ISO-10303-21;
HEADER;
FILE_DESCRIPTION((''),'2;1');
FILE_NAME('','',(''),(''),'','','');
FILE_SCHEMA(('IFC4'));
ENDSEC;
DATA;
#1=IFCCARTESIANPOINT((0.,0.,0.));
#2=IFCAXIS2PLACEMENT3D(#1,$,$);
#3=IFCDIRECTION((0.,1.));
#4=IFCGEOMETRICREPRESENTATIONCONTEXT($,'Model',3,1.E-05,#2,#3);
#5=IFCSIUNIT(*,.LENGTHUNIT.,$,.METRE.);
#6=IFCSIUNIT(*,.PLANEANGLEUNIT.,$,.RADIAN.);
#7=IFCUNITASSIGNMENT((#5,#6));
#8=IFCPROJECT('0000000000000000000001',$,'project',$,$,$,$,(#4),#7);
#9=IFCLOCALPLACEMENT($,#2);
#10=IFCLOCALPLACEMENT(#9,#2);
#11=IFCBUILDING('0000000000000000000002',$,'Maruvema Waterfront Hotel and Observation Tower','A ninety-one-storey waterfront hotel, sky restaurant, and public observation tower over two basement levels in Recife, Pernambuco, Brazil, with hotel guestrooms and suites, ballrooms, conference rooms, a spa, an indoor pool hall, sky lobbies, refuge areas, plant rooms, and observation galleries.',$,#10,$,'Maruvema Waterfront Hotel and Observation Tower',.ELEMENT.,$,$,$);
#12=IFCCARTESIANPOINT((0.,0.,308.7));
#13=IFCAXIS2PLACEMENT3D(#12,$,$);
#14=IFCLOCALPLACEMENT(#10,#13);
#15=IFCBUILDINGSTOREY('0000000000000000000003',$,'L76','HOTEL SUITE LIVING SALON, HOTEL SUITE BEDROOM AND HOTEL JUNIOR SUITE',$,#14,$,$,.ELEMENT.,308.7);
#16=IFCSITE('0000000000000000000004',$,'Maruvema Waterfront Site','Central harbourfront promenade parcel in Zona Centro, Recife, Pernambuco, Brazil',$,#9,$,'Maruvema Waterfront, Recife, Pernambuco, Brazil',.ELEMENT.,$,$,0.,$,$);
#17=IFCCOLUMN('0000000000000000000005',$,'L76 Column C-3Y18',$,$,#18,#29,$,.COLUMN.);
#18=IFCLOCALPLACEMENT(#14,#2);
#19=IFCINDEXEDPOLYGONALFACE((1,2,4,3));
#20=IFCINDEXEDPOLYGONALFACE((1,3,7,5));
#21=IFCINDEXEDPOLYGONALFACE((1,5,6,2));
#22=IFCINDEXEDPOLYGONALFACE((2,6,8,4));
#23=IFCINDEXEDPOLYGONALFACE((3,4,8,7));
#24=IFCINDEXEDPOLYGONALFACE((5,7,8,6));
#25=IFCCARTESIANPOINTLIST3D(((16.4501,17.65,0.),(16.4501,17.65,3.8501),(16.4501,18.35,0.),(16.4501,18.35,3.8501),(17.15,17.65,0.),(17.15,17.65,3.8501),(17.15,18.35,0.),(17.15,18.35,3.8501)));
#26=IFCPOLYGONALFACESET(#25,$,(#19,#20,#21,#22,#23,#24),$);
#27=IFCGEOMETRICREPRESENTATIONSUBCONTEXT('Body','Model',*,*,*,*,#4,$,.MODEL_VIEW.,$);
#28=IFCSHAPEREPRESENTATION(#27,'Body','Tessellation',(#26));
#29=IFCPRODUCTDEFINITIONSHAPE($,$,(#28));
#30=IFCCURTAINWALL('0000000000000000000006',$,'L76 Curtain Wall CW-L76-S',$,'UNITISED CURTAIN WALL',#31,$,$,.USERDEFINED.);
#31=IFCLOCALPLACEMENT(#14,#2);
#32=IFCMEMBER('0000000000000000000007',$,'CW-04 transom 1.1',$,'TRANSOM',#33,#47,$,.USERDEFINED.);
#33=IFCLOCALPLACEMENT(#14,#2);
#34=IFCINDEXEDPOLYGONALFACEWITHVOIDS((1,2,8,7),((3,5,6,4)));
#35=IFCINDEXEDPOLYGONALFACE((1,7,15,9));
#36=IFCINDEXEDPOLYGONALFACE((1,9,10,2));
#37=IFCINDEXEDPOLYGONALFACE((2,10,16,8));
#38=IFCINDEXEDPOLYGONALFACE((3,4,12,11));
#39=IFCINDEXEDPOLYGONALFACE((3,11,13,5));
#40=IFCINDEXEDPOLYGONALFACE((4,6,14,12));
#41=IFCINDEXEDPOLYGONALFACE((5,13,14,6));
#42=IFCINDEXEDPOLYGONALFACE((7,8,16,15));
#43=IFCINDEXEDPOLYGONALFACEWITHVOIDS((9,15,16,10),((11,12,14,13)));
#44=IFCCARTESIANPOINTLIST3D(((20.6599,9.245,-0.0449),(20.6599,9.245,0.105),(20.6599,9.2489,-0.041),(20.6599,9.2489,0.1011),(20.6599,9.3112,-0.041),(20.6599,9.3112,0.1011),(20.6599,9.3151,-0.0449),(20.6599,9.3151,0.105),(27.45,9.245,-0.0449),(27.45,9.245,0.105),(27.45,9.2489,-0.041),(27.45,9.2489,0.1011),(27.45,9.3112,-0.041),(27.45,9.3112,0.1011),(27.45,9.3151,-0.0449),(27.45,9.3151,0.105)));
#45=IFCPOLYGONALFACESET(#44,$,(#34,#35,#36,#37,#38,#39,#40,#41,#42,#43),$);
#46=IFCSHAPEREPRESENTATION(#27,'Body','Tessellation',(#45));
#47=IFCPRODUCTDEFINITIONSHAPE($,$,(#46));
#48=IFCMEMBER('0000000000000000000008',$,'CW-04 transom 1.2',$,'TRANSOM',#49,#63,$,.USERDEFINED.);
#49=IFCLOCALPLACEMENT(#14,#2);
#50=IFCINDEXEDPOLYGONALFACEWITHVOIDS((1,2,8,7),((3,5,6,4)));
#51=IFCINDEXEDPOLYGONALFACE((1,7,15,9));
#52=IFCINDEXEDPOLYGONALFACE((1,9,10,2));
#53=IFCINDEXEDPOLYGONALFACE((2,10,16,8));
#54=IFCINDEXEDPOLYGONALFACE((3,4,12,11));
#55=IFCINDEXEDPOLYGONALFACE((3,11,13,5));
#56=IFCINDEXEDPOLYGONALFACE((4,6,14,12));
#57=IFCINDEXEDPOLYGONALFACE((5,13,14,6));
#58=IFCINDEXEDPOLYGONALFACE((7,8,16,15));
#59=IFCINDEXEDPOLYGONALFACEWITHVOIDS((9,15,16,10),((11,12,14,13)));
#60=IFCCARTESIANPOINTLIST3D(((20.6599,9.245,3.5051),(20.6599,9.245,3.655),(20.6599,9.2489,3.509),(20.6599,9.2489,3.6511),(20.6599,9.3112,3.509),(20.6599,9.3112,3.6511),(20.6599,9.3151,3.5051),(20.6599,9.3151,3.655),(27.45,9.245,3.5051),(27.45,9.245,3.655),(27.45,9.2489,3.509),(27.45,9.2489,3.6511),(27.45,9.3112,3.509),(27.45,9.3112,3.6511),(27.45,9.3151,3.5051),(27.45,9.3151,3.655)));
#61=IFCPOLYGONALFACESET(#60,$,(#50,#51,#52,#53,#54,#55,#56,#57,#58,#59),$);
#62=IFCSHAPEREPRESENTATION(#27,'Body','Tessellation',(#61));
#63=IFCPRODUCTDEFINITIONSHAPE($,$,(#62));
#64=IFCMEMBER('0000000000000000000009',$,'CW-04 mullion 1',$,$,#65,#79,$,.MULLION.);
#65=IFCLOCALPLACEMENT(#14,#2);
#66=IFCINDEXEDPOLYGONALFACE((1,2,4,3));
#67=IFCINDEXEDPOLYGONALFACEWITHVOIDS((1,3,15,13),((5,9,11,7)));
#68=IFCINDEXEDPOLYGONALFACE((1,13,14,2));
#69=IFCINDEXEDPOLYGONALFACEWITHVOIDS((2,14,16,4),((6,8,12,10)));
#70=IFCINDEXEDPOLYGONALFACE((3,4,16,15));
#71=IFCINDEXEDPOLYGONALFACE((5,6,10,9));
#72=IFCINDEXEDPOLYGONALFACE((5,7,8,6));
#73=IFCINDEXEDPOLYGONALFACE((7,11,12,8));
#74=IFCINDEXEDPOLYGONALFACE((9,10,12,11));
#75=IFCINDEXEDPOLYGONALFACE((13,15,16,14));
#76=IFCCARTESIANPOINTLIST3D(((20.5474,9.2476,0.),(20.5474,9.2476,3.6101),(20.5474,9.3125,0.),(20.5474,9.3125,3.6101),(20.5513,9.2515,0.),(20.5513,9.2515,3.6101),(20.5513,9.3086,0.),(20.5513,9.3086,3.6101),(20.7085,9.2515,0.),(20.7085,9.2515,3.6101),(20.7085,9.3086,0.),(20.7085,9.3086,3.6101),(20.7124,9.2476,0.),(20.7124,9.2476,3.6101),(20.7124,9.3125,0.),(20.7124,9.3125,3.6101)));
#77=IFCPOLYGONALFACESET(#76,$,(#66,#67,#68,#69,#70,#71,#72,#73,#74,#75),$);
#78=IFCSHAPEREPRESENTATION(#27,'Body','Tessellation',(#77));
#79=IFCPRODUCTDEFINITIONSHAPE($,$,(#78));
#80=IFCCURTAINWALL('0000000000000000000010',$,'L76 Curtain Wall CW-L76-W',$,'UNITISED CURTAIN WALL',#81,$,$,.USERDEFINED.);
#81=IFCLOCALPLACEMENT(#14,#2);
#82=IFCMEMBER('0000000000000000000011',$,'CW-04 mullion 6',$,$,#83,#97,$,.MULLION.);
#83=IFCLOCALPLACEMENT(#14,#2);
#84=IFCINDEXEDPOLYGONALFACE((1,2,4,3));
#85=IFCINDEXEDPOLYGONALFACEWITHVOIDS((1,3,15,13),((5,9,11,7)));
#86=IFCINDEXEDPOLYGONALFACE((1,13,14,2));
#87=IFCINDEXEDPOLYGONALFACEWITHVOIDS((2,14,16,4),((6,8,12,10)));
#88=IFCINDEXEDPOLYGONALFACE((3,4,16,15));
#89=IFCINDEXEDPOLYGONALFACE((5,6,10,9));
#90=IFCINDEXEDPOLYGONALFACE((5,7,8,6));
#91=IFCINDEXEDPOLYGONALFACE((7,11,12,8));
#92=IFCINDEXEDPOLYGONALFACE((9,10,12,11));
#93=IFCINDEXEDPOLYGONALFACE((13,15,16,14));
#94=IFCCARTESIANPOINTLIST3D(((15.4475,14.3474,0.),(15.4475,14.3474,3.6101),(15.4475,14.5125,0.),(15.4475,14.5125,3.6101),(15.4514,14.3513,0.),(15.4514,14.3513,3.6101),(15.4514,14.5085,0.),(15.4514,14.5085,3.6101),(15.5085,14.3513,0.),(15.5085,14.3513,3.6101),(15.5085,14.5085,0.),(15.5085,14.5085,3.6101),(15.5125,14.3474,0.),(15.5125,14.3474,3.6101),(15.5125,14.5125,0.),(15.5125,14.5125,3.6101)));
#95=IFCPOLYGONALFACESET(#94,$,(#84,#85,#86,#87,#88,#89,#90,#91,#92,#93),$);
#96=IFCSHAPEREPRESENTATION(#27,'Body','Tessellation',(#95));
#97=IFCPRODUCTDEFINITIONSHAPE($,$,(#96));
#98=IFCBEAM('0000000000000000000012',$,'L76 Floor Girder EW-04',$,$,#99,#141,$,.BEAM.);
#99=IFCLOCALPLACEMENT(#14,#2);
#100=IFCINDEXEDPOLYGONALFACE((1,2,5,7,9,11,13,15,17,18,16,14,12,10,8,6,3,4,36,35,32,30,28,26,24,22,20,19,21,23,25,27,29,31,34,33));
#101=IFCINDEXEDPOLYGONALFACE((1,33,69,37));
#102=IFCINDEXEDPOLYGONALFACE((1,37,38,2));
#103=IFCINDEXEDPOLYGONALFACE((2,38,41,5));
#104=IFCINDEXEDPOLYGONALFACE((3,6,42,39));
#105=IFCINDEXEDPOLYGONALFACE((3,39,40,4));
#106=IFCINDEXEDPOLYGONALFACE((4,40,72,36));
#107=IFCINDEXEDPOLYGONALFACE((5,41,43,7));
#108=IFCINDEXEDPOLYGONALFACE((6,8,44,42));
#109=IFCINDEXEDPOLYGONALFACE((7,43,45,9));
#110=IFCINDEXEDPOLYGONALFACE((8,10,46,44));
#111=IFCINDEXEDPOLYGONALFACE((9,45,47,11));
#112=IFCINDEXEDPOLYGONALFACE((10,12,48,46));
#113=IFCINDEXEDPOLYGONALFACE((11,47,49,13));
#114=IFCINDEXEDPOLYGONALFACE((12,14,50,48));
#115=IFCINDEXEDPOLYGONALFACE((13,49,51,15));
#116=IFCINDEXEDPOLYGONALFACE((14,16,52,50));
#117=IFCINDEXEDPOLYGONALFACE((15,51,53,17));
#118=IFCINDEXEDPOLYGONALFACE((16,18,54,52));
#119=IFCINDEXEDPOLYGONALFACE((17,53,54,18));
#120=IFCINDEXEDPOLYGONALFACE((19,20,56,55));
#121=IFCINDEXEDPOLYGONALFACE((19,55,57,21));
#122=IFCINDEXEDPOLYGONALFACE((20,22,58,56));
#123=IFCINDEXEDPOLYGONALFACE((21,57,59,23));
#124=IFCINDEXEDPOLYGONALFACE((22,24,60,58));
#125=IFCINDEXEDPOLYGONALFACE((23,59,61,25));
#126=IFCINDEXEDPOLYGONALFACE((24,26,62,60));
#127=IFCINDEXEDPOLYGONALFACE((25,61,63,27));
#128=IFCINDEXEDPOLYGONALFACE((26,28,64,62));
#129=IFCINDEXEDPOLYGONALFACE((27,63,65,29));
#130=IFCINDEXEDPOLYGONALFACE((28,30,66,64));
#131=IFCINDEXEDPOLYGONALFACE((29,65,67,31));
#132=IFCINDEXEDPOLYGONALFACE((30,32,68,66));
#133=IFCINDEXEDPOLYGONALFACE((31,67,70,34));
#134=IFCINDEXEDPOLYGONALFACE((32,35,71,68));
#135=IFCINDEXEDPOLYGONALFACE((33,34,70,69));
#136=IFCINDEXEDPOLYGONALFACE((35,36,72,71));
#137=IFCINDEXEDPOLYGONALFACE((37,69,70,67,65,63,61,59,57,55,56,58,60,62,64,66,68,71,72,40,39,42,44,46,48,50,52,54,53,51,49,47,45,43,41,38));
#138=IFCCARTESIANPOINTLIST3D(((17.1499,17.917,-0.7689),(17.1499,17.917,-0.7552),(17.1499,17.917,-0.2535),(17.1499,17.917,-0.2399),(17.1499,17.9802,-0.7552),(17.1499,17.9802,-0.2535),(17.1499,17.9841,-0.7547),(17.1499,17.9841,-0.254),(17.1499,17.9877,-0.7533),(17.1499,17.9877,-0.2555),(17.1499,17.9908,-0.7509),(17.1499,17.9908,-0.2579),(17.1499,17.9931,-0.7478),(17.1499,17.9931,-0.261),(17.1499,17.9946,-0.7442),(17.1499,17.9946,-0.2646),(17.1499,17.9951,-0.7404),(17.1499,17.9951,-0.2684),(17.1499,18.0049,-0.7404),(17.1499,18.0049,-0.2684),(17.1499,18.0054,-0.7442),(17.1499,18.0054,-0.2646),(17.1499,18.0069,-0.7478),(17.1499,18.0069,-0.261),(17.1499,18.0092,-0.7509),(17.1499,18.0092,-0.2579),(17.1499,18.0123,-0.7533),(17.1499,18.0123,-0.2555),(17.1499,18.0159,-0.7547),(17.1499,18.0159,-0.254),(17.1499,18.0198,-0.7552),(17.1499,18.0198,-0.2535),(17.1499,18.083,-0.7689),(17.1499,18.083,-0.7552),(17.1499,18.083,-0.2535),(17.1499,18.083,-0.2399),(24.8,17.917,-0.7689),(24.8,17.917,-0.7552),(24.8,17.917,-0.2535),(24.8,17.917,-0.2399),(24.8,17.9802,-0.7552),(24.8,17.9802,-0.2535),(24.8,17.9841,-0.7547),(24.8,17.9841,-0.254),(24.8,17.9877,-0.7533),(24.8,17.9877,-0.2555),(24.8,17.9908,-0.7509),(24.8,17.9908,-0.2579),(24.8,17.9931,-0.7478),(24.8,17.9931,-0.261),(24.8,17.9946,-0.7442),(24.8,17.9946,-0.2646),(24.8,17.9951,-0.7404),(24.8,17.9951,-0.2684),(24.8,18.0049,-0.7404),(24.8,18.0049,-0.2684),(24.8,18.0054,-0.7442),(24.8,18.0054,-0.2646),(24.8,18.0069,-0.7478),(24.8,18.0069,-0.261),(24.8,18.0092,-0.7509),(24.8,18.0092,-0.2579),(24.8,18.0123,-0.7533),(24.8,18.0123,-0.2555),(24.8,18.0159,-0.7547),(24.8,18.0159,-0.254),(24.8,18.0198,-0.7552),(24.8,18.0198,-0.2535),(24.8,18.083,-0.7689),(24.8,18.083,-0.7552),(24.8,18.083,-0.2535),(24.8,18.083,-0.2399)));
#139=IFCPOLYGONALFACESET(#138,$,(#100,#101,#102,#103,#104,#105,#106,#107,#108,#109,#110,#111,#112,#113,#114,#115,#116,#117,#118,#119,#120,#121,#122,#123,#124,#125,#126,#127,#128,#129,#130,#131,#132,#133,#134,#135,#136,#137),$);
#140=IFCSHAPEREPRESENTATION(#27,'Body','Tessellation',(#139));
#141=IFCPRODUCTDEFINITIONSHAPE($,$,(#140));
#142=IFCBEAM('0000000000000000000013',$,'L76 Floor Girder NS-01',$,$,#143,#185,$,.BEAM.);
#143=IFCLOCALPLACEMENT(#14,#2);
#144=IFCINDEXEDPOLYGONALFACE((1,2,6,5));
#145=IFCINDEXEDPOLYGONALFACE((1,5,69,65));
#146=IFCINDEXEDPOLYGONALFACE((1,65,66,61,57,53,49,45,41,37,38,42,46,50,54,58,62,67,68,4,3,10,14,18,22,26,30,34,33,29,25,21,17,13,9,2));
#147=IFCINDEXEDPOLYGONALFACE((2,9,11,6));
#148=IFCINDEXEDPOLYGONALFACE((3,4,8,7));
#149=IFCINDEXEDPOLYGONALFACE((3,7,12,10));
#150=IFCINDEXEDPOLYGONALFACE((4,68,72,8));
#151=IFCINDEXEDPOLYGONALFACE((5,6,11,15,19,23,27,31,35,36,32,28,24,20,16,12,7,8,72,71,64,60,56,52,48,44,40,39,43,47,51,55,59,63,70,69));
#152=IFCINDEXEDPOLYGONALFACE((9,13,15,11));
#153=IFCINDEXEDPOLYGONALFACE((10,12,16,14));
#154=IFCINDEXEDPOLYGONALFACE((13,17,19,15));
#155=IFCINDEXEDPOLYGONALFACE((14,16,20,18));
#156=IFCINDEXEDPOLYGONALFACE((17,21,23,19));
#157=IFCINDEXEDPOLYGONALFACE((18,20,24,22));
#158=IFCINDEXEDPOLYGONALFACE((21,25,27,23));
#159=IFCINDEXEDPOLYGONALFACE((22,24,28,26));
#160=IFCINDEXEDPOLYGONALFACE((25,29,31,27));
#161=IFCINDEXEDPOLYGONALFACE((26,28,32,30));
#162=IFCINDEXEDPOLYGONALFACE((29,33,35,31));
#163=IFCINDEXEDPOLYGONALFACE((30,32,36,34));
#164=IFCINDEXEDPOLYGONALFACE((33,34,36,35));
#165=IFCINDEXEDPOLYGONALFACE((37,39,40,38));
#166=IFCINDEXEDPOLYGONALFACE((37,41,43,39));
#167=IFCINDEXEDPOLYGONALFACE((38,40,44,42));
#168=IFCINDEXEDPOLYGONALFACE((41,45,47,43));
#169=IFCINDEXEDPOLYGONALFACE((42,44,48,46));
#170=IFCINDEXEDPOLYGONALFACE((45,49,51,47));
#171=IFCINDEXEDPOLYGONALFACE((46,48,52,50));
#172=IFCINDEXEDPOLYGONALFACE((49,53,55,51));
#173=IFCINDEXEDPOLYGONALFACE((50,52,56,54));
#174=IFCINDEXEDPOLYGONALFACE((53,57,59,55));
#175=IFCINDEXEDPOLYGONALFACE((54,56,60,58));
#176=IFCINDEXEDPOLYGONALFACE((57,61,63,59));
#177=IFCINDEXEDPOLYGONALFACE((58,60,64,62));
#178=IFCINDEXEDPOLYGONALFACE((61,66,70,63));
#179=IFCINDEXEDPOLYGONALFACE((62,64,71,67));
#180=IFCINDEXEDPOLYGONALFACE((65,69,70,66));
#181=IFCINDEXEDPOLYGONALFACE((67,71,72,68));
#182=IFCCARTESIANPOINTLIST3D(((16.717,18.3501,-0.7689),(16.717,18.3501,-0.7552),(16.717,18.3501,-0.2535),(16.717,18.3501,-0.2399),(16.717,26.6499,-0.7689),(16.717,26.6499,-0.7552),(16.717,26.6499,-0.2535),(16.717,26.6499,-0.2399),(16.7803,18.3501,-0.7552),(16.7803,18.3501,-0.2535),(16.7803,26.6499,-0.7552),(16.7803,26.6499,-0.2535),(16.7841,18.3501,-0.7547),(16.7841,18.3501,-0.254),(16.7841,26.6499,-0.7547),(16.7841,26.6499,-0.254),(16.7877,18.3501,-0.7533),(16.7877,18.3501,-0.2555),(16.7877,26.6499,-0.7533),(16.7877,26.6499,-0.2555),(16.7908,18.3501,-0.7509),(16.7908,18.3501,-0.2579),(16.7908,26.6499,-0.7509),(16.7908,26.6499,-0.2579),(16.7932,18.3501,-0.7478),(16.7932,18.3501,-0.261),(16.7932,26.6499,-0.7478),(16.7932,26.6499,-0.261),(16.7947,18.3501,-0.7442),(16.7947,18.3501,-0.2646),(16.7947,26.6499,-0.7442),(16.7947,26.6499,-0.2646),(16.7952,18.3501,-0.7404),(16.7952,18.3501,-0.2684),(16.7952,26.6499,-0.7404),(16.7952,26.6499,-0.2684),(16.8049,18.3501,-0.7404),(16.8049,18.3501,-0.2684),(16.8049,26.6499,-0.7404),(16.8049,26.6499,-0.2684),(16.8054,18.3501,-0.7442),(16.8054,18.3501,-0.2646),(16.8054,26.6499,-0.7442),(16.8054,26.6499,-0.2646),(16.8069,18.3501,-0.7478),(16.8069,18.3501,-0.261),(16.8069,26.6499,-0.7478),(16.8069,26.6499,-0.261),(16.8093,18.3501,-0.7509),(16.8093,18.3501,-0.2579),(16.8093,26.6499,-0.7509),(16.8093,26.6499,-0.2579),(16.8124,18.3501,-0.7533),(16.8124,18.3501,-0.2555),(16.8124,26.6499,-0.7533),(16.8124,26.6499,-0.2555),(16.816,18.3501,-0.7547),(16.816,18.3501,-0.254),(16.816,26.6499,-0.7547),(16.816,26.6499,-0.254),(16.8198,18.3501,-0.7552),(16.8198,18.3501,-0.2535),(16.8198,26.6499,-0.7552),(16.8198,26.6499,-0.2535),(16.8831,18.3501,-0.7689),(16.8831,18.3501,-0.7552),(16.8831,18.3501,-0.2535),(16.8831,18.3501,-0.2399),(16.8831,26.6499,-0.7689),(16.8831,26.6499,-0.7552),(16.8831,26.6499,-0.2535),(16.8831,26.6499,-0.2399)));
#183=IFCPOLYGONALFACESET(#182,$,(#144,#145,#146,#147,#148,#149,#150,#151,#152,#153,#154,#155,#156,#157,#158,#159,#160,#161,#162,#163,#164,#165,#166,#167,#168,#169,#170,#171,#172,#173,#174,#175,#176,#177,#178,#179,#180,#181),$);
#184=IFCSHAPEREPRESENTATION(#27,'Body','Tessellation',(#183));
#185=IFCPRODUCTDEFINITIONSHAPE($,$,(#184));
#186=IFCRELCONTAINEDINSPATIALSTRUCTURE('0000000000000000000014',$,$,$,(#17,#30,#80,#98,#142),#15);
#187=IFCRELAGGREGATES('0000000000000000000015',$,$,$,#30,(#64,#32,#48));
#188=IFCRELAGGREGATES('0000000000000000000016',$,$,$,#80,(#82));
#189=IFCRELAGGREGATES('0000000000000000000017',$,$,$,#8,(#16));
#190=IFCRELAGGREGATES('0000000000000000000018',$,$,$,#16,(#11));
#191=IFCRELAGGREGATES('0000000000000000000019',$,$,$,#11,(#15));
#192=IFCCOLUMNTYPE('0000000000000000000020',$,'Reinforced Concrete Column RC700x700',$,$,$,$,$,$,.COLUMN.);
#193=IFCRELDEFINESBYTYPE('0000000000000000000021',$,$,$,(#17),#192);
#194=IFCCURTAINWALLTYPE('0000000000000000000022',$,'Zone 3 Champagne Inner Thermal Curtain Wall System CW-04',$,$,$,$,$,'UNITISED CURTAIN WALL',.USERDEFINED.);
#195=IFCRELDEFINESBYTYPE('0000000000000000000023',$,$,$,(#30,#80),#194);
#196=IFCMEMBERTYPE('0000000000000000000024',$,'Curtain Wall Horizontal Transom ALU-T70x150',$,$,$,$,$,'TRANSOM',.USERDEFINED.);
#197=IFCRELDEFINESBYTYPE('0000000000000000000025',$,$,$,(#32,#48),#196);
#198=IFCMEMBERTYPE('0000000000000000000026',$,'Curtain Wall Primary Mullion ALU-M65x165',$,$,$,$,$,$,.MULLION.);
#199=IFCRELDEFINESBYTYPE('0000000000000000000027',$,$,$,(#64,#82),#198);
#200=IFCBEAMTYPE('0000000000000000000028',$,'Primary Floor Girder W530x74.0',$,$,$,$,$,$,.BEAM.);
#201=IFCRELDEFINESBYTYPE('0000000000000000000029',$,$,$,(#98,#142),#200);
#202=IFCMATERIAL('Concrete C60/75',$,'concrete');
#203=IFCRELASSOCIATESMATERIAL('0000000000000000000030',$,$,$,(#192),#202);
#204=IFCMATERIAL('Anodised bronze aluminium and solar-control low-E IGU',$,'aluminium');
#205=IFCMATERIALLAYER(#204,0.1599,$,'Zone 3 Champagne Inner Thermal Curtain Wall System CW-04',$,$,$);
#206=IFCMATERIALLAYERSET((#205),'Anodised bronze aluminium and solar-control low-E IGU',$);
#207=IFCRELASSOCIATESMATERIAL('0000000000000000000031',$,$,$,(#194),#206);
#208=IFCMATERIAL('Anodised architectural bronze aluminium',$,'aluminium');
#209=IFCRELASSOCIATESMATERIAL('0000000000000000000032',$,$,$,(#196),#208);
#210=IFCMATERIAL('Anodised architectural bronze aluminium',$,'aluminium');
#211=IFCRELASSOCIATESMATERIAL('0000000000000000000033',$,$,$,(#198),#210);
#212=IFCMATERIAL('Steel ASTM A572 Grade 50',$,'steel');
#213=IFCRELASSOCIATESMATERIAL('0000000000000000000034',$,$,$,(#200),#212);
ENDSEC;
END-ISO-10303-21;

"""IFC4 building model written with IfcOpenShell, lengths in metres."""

from ifc_helpers import new_model, si_unit, direction, frame, origin, origin_2d, place, context, subcontext, project, spatial, rectangle, hollow_rectangle, i_section, extrude, material, layer, layer_set, material_profile, profile_set, type_object, element, aggregate, save


model = new_model("IFC4")

# Units and contexts
model_context = context("Model", 3, precision=1e-05, world=origin(), true_north=direction((0.0, 1.0)))
body_context = subcontext(model_context, "Body", "Model", "MODEL_VIEW")
ifc_project = project(units=[si_unit("LENGTHUNIT", "METRE"), si_unit("PLANEANGLEUNIT", "RADIAN")], contexts=[model_context])

# Site, building, storey
site_placement = place(None, origin())
site = spatial("IfcSite", under=ifc_project, at=site_placement, Name="Maruvema Waterfront Site", Description="Central harbourfront promenade parcel in Zona Centro, Recife, Pernambuco, Brazil", LongName="Maruvema Waterfront, Recife, Pernambuco, Brazil", CompositionType="ELEMENT", RefElevation=0.0)
building_placement = place(site_placement, origin())
building = spatial("IfcBuilding", under=site, at=building_placement, Name="Maruvema Waterfront Hotel and Observation Tower", Description="A ninety-one-storey waterfront hotel, sky restaurant, and public observation tower over two basement levels in Recife, Pernambuco, Brazil, with hotel guestrooms and suites, ballrooms, conference rooms, a spa, an indoor pool hall, sky lobbies, refuge areas, plant rooms, and observation galleries.", LongName="Maruvema Waterfront Hotel and Observation Tower", CompositionType="ELEMENT")
storey_placement = place(building_placement, frame((0.0, 0.0, 308.7)))
storey = spatial("IfcBuildingStorey", under=building, at=storey_placement, Name="L76", Description="HOTEL SUITE LIVING SALON, HOTEL SUITE BEDROOM AND HOTEL JUNIOR SUITE", CompositionType="ELEMENT", Elevation=308.7)

# Column
ifc_material_1 = material(Name="Concrete C60/75", Category="concrete")
ifc_material_profile_1 = material_profile(ifc_material_1, rectangle(XDim=0.7, YDim=0.7, at=origin_2d()), Name="RC700x700")
ifc_profile_set_1 = profile_set([ifc_material_profile_1], Name="Concrete C60/75")
column_type = type_object("IfcColumnType", Name="Reinforced Concrete Column RC700x700", PredefinedType="COLUMN", material=ifc_profile_set_1)
column_placement = place(storey_placement, frame((16.8, 18.0, 0.0), z_axis=(0.0, 0.0, 1.0), x_axis=(1.0, 0.0, 0.0)))
element("IfcColumn", 1, at=column_placement, inside=storey, type_object=column_type, Name="L76 Column C-3Y18", PredefinedType="COLUMN", context=body_context, shape_type="SweptSolid", body=[
    extrude(rectangle(XDim=0.7, YDim=0.7, at=origin_2d()), origin(), (0.0, 0.0, 1.0), 3.8501),
])

# Curtain wall, members
ifc_material_2 = material(Name="Anodised bronze aluminium and solar-control low-E IGU", Category="aluminium")
ifc_layer_1 = layer(ifc_material_2, 0.1599, Name="Zone 3 Champagne Inner Thermal Curtain Wall System CW-04")
ifc_layer_set_1 = layer_set([ifc_layer_1], Name="Anodised bronze aluminium and solar-control low-E IGU")
curtain_wall_type = type_object("IfcCurtainWallType", Name="Zone 3 Champagne Inner Thermal Curtain Wall System CW-04", ElementType="UNITISED CURTAIN WALL", PredefinedType="USERDEFINED", material=ifc_layer_set_1)
curtain_wall_1_placement = place(storey_placement, origin())
curtain_wall_1 = element("IfcCurtainWall", 2, at=curtain_wall_1_placement, inside=storey, type_object=curtain_wall_type, Name="L76 Curtain Wall CW-L76-S", ObjectType="UNITISED CURTAIN WALL", PredefinedType="USERDEFINED")
ifc_material_3 = material(Name="Anodised architectural bronze aluminium", Category="aluminium")
ifc_material_profile_2 = material_profile(ifc_material_3, hollow_rectangle(XDim=0.0701, YDim=0.1499, WallThickness=0.0039, at=origin_2d()), Name="ALU-T70x150")
ifc_profile_set_2 = profile_set([ifc_material_profile_2], Name="Anodised architectural bronze aluminium")
member_type_1 = type_object("IfcMemberType", Name="Curtain Wall Horizontal Transom ALU-T70x150", ElementType="TRANSOM", PredefinedType="USERDEFINED", material=ifc_profile_set_2)
member_1_placement = place(storey_placement, frame((20.6599, 9.28, 0.03), z_axis=(1.0, 0.0, 0.0), x_axis=(0.0, 1.0, 0.0)))
member_1 = element("IfcMember", 3, at=member_1_placement, type_object=member_type_1, Name="CW-04 transom 1.1", ObjectType="TRANSOM", PredefinedType="USERDEFINED", context=body_context, shape_type="SweptSolid", body=[
    extrude(hollow_rectangle(XDim=0.0701, YDim=0.1499, WallThickness=0.0039, at=origin_2d()), origin(), (0.0, 0.0, 1.0), 6.79),
])
member_2_placement = place(storey_placement, frame((20.6599, 9.28, 3.5801), z_axis=(1.0, 0.0, 0.0), x_axis=(0.0, 1.0, 0.0)))
member_2 = element("IfcMember", 4, at=member_2_placement, type_object=member_type_1, Name="CW-04 transom 1.2", ObjectType="TRANSOM", PredefinedType="USERDEFINED", context=body_context, shape_type="SweptSolid", body=[
    extrude(hollow_rectangle(XDim=0.0701, YDim=0.1499, WallThickness=0.0039, at=origin_2d()), origin(), (0.0, 0.0, 1.0), 6.79),
])
ifc_material_4 = material(Name="Anodised architectural bronze aluminium", Category="aluminium")
ifc_material_profile_3 = material_profile(ifc_material_4, hollow_rectangle(XDim=0.0649, YDim=0.165, WallThickness=0.0039, at=origin_2d()), Name="ALU-M65x165")
ifc_profile_set_3 = profile_set([ifc_material_profile_3], Name="Anodised architectural bronze aluminium")
member_type_2 = type_object("IfcMemberType", Name="Curtain Wall Primary Mullion ALU-M65x165", PredefinedType="MULLION", material=ifc_profile_set_3)
member_3_placement = place(storey_placement, frame((20.6299, 9.28, 0.0), z_axis=(0.0, 0.0, 1.0), x_axis=(0.0, 1.0, 0.0)))
member_3 = element("IfcMember", 5, at=member_3_placement, type_object=member_type_2, Name="CW-04 mullion 1", PredefinedType="MULLION", context=body_context, shape_type="SweptSolid", body=[
    extrude(hollow_rectangle(XDim=0.0649, YDim=0.165, WallThickness=0.0039, at=origin_2d()), origin(), (0.0, 0.0, 1.0), 3.6101),
])

# Curtain wall, member
curtain_wall_2_placement = place(storey_placement, origin())
curtain_wall_2 = element("IfcCurtainWall", 6, at=curtain_wall_2_placement, inside=storey, type_object=curtain_wall_type, Name="L76 Curtain Wall CW-L76-W", ObjectType="UNITISED CURTAIN WALL", PredefinedType="USERDEFINED")
member_4_placement = place(storey_placement, frame((15.48, 14.4299, 0.0), z_axis=(0.0, 0.0, 1.0), x_axis=(1.0, 0.0, 0.0)))
member_4 = element("IfcMember", 7, at=member_4_placement, type_object=member_type_2, Name="CW-04 mullion 6", PredefinedType="MULLION", context=body_context, shape_type="SweptSolid", body=[
    extrude(hollow_rectangle(XDim=0.0649, YDim=0.165, WallThickness=0.0039, at=origin_2d()), origin(), (0.0, 0.0, 1.0), 3.6101),
])

# Beams
ifc_material_5 = material(Name="Steel ASTM A572 Grade 50", Category="steel")
ifc_material_profile_4 = material_profile(ifc_material_5, i_section(OverallWidth=0.166, OverallDepth=0.5291, WebThickness=0.0098, FlangeThickness=0.0137, FilletRadius=0.0149, at=origin_2d()), Name="W530x74.0")
ifc_profile_set_4 = profile_set([ifc_material_profile_4], Name="Steel ASTM A572 Grade 50")
beam_type_1 = type_object("IfcBeamType", Name="Primary Floor Girder W530x74.0", PredefinedType="BEAM", material=ifc_profile_set_4)
beam_1_placement = place(storey_placement, frame((17.1499, 18.0, -0.5044), z_axis=(1.0, 0.0, 0.0), x_axis=(0.0, 1.0, 0.0)))
element("IfcBeam", 8, at=beam_1_placement, inside=storey, type_object=beam_type_1, Name="L76 Floor Girder EW-04", PredefinedType="BEAM", context=body_context, shape_type="SweptSolid", body=[
    extrude(i_section(OverallWidth=0.166, OverallDepth=0.5291, WebThickness=0.0098, FlangeThickness=0.0137, FilletRadius=0.0149, at=origin_2d()), origin(), (0.0, 0.0, 1.0), 7.6501),
])
beam_2_placement = place(storey_placement, frame((16.8, 18.3501, -0.5044), z_axis=(0.0, 1.0, 0.0), x_axis=(-1.0, 0.0, 0.0)))
element("IfcBeam", 9, at=beam_2_placement, inside=storey, type_object=beam_type_1, Name="L76 Floor Girder NS-01", PredefinedType="BEAM", context=body_context, shape_type="SweptSolid", body=[
    extrude(i_section(OverallWidth=0.166, OverallDepth=0.5291, WebThickness=0.0098, FlangeThickness=0.0137, FilletRadius=0.0149, at=origin_2d()), origin(), (0.0, 0.0, 1.0), 8.2998),
])

aggregate(curtain_wall_1, [member_3, member_1, member_2])
aggregate(curtain_wall_2, [member_4])

save(model, "model.ifc")
